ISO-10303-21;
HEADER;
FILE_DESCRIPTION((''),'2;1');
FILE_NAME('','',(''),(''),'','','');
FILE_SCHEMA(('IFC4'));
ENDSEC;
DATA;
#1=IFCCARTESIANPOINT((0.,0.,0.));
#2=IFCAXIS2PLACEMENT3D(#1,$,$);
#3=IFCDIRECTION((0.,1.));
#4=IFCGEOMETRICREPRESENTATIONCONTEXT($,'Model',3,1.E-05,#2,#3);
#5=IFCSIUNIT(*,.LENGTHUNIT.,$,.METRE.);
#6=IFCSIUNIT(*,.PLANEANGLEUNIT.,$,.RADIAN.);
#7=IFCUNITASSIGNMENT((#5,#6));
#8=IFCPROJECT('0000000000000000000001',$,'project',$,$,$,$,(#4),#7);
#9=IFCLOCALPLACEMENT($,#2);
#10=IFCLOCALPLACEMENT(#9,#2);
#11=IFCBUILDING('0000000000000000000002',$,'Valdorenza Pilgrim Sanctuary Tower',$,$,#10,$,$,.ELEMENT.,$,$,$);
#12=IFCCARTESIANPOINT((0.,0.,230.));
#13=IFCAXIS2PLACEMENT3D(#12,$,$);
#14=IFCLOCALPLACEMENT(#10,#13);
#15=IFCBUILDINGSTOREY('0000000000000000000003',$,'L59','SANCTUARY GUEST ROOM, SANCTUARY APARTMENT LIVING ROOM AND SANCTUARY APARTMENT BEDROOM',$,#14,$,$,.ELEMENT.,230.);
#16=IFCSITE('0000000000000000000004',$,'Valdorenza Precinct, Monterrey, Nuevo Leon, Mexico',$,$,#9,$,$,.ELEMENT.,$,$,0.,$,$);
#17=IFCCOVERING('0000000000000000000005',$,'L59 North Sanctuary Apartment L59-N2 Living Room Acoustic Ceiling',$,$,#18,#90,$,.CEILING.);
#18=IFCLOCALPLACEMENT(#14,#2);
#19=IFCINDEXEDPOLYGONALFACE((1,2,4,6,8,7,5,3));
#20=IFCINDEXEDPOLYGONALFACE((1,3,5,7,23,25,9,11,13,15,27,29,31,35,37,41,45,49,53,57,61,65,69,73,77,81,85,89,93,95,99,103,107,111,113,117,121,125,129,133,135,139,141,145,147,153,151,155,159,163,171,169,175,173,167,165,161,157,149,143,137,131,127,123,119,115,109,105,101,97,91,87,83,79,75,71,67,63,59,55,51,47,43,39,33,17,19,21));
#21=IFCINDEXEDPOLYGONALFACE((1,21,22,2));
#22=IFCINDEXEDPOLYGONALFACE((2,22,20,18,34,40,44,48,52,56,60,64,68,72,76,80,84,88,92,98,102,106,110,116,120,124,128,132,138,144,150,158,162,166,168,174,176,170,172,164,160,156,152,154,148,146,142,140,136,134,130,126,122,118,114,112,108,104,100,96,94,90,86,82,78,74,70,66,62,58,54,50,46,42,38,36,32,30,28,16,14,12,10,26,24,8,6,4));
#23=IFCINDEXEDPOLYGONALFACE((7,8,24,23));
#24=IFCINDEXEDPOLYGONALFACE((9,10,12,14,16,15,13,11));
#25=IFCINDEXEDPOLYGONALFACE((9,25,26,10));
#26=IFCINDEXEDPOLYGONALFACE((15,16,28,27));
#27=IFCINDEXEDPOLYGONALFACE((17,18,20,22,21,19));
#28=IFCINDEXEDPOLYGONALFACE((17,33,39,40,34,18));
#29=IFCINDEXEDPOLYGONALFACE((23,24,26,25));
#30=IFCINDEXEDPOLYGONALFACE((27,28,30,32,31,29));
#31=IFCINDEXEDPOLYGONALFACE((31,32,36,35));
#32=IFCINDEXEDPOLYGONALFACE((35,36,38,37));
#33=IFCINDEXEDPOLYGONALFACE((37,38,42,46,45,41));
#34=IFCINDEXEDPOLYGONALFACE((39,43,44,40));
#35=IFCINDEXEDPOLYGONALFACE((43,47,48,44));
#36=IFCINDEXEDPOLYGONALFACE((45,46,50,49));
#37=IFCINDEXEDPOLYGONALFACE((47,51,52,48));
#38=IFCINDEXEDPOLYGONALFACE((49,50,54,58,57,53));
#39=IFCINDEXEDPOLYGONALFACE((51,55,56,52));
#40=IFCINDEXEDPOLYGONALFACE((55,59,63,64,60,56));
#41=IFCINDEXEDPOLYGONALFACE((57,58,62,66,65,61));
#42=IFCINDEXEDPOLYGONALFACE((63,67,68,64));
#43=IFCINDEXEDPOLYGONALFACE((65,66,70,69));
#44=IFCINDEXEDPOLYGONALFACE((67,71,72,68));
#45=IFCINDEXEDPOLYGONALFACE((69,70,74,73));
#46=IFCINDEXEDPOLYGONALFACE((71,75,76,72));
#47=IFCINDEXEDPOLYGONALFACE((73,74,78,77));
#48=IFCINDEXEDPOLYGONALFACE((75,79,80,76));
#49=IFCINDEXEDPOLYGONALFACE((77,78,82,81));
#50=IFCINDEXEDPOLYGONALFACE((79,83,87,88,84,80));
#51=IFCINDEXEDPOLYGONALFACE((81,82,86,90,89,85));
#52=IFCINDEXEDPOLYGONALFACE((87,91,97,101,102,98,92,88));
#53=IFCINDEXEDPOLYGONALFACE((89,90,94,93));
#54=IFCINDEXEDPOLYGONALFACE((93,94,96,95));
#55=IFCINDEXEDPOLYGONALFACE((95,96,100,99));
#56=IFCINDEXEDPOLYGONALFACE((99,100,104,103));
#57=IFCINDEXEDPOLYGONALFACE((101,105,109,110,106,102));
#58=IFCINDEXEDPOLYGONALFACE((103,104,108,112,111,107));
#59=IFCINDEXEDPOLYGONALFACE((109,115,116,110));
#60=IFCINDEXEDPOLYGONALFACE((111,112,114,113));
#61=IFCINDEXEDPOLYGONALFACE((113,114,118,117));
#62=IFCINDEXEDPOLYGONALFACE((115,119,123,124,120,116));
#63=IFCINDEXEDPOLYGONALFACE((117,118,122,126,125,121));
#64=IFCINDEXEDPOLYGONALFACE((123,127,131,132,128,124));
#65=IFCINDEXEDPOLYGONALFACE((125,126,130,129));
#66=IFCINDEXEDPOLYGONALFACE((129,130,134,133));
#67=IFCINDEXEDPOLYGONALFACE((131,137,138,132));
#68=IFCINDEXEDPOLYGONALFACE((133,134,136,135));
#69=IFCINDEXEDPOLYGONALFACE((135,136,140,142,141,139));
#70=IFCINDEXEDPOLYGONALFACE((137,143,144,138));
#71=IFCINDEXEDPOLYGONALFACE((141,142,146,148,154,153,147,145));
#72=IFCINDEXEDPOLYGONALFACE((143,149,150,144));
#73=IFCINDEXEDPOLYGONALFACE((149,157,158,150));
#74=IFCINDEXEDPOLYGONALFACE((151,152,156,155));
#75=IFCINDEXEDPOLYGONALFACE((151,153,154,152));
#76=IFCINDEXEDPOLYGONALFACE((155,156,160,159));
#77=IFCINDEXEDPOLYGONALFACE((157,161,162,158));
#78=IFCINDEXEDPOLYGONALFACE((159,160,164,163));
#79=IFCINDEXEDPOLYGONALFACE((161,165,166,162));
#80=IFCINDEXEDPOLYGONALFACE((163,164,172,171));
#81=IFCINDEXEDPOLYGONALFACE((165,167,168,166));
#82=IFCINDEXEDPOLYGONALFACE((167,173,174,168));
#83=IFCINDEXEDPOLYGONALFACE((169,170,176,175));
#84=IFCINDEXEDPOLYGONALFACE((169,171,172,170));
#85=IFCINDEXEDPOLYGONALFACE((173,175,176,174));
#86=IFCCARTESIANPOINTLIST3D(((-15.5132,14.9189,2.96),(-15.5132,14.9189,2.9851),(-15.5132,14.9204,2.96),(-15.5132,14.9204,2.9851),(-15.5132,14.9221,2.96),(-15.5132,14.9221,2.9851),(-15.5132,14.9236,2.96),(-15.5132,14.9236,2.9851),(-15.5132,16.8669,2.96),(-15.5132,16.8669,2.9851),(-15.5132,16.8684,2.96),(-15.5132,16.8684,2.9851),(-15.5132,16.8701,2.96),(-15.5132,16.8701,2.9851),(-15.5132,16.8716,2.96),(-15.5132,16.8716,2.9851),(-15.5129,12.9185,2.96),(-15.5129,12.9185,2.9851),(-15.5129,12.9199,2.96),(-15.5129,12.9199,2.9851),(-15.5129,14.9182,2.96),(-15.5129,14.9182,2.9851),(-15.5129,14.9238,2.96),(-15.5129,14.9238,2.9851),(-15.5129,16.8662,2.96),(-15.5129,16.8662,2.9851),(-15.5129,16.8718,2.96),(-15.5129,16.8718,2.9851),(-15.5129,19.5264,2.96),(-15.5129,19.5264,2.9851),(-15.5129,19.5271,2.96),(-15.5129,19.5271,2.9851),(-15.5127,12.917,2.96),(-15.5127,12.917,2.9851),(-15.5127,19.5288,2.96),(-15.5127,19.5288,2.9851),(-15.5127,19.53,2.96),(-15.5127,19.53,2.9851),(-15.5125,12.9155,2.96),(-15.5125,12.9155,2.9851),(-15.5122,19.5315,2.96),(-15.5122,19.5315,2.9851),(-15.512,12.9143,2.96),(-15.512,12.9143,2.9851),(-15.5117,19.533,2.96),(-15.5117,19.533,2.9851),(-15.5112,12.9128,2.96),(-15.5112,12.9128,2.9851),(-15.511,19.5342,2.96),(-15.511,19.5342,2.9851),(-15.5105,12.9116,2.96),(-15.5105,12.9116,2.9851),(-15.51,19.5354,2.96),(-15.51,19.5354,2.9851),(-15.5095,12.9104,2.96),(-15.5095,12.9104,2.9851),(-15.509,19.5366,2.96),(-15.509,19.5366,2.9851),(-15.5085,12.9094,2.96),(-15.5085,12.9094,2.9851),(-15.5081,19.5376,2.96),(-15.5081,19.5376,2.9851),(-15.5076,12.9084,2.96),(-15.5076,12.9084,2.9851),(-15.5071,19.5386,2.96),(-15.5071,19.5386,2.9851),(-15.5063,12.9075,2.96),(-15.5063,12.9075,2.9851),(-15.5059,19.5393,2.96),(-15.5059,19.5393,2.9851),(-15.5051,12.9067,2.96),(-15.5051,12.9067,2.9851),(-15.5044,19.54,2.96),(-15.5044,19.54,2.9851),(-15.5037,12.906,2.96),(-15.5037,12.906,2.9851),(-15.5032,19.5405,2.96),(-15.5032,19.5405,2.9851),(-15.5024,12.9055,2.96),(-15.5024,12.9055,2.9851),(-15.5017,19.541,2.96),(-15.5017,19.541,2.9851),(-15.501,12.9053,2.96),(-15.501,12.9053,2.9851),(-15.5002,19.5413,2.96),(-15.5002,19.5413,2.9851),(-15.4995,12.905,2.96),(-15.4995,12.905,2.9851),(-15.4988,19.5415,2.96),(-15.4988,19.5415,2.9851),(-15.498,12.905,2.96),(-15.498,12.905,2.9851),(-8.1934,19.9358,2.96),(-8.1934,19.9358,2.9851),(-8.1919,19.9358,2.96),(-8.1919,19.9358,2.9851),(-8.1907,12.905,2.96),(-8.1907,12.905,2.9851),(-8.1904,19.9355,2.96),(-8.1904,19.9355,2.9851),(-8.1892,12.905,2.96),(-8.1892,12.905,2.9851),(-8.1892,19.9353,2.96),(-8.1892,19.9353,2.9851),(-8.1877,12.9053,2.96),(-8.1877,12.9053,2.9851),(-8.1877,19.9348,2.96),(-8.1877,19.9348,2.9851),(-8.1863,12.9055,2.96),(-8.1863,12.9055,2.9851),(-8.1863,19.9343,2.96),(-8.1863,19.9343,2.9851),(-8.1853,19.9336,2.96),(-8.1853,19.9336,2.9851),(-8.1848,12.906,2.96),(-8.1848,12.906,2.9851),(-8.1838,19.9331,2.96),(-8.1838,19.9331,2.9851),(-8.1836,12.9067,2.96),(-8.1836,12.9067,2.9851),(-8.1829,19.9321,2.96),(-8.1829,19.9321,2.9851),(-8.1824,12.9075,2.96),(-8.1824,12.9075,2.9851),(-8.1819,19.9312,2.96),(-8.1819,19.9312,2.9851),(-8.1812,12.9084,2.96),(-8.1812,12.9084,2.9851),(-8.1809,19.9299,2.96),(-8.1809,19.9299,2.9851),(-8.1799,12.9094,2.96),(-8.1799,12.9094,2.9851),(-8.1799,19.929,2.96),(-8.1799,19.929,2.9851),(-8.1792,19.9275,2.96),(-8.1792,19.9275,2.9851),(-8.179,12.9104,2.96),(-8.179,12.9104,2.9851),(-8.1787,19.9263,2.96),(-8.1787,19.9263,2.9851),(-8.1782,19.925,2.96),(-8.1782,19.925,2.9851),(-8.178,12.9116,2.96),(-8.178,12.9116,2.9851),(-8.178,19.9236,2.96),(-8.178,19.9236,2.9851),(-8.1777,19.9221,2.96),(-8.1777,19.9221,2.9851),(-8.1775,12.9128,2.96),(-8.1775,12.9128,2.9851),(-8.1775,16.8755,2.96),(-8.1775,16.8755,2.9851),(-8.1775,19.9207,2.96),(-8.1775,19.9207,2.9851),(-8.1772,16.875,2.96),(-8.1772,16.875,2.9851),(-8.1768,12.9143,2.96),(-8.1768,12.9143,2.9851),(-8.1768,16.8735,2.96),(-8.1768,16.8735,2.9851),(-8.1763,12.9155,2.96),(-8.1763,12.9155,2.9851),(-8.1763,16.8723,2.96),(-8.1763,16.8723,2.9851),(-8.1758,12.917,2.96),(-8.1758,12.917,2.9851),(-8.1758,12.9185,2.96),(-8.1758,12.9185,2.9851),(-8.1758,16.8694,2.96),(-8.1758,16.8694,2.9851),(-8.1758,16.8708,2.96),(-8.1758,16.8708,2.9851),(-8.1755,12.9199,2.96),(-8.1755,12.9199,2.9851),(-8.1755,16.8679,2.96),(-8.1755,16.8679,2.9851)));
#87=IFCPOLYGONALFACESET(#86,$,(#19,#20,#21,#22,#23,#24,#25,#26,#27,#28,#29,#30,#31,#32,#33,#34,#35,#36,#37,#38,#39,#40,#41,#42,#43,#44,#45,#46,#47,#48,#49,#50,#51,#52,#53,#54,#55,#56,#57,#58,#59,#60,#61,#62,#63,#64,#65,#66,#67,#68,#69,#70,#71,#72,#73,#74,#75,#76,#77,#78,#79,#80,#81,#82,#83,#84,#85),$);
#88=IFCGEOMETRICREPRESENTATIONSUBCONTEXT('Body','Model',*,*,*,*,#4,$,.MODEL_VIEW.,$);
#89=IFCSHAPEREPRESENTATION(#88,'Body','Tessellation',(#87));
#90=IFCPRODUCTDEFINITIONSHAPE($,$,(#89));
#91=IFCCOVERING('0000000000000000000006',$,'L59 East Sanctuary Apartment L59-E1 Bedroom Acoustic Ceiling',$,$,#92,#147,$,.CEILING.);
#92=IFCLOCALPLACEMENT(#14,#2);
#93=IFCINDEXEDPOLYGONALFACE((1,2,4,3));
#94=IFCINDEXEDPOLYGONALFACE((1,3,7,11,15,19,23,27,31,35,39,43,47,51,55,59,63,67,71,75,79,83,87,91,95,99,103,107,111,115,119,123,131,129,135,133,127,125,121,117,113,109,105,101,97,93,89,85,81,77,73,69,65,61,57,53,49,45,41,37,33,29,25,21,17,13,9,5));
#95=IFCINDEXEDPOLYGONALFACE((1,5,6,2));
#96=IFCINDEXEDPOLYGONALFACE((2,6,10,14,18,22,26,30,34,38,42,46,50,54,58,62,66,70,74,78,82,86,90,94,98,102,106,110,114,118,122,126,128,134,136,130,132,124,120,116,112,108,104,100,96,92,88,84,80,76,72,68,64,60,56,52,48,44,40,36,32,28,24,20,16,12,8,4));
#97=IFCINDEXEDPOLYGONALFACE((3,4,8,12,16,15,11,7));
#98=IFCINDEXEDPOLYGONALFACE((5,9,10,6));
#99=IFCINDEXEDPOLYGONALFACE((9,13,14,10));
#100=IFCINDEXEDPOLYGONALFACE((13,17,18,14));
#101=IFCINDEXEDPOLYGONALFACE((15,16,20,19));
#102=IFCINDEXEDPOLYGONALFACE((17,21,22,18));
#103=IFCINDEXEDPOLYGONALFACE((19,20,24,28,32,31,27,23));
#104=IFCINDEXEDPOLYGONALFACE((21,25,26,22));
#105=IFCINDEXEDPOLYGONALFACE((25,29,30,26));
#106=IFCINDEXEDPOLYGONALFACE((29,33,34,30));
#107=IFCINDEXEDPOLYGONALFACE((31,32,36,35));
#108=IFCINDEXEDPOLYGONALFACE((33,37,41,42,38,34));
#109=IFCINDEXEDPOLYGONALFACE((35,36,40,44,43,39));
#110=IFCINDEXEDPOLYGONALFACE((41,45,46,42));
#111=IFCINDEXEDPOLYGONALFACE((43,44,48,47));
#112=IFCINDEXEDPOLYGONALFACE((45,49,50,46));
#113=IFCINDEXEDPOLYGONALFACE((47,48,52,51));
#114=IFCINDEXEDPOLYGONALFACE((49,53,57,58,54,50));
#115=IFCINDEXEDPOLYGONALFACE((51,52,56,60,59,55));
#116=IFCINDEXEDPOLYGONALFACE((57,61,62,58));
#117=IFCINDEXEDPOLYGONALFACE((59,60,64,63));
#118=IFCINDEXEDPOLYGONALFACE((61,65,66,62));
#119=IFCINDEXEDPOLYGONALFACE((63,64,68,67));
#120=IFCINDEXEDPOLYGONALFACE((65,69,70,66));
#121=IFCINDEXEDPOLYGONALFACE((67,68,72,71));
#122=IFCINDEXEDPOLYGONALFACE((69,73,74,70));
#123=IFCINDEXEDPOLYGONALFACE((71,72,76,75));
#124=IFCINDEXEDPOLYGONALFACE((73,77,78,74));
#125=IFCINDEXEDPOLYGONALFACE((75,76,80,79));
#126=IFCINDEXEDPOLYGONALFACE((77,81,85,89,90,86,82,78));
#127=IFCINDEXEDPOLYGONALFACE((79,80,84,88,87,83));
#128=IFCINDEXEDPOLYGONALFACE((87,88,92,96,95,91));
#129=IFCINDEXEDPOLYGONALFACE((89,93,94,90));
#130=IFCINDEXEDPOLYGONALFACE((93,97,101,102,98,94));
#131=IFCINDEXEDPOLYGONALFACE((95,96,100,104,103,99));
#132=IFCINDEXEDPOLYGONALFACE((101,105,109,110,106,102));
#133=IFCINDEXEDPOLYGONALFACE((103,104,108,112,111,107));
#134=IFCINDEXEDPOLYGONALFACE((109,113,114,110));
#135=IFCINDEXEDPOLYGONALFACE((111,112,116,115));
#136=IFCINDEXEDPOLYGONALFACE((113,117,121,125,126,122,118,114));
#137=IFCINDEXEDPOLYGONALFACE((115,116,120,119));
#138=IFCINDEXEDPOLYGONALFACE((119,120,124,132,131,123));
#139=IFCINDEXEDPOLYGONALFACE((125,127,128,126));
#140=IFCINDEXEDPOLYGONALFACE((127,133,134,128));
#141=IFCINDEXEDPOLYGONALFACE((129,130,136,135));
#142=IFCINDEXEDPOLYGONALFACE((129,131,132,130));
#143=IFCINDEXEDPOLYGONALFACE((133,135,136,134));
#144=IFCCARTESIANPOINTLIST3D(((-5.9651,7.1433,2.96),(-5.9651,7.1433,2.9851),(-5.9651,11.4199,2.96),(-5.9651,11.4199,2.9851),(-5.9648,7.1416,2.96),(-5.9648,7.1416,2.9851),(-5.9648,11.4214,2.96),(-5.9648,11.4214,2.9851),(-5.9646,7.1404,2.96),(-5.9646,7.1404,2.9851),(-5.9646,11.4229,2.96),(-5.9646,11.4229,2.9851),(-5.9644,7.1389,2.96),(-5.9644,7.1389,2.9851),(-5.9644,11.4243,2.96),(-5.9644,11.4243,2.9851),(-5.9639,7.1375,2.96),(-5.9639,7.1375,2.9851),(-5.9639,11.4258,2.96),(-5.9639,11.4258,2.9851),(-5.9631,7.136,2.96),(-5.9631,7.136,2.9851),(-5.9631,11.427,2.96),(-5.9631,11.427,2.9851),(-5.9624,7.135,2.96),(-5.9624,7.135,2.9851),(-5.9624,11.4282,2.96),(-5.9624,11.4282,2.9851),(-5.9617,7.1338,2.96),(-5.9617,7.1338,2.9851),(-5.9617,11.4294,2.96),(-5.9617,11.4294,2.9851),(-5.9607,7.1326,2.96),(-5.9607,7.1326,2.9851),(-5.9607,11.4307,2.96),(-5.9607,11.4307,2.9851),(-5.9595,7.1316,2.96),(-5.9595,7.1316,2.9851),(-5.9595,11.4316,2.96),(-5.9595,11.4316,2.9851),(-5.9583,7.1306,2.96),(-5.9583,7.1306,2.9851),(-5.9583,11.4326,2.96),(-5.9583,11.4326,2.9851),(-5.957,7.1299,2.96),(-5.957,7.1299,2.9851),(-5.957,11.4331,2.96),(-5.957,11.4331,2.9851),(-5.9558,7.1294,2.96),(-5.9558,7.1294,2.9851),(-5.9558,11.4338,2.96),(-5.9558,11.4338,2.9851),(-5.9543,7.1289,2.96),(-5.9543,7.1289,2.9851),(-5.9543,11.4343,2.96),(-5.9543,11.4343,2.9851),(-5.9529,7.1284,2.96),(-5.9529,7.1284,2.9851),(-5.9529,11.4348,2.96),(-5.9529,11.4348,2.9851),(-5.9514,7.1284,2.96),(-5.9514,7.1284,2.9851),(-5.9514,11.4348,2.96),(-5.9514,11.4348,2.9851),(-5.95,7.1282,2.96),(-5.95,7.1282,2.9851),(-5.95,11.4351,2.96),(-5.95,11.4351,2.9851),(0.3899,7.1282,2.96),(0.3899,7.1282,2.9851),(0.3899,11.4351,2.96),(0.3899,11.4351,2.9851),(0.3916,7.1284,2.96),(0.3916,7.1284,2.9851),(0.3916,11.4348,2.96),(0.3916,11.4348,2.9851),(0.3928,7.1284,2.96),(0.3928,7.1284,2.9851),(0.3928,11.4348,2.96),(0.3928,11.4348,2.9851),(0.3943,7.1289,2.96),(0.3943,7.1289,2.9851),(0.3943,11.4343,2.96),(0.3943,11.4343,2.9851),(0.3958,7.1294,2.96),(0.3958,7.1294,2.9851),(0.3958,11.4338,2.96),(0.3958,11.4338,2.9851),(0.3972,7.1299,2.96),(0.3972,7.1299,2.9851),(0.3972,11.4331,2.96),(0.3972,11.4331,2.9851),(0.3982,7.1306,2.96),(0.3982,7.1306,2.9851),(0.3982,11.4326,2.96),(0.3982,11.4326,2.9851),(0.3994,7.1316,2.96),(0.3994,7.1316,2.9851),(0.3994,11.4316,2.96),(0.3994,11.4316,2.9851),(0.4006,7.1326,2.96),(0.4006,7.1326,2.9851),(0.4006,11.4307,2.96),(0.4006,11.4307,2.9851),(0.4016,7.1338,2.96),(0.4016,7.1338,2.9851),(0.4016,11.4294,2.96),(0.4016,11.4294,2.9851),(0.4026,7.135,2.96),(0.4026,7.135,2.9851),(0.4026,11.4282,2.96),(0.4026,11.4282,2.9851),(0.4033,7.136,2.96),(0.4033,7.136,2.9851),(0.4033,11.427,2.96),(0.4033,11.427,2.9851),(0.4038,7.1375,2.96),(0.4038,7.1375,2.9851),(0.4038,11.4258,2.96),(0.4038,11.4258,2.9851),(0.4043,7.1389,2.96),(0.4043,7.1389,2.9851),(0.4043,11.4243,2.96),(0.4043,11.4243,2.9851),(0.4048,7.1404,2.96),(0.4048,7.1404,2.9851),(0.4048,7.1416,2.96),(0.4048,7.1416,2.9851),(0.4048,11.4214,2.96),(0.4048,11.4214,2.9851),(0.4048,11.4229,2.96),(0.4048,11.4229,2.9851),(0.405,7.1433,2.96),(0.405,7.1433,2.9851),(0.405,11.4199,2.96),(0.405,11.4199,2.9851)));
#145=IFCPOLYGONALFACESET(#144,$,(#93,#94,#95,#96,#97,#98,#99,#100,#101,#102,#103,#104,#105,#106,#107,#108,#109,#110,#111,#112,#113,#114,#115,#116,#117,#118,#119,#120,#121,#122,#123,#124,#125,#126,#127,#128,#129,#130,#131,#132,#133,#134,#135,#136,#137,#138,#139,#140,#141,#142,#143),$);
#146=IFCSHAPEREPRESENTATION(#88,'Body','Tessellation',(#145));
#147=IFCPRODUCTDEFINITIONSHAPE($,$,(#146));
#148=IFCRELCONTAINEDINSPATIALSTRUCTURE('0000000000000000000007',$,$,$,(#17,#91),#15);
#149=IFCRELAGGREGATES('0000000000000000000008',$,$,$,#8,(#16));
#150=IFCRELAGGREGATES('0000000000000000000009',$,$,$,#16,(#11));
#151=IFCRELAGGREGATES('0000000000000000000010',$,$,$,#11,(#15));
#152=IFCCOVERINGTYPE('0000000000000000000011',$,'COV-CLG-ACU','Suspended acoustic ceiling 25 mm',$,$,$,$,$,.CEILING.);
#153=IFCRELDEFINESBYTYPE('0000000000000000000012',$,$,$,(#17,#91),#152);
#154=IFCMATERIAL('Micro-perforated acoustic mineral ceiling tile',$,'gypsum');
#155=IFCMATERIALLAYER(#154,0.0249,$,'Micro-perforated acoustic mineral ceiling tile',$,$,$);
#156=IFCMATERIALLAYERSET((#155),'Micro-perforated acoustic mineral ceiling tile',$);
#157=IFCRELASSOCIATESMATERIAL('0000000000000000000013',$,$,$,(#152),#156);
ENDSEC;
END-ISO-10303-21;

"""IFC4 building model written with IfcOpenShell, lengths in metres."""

from ifc_helpers import new_model, si_unit, direction, frame, origin, place, context, subcontext, project, spatial, polyline, outline, extrude, material, layer, layer_set, type_object, element, save


model = new_model("IFC4")

# Units and contexts
model_context = context("Model", 3, precision=1e-05, world=origin(), true_north=direction((0.0, 1.0)))
body_context = subcontext(model_context, "Body", "Model", "MODEL_VIEW")
ifc_project = project(units=[si_unit("LENGTHUNIT", "METRE"), si_unit("PLANEANGLEUNIT", "RADIAN")], contexts=[model_context])

# Site, building, storey
site_placement = place(None, origin())
site = spatial("IfcSite", under=ifc_project, at=site_placement, Name="Valdorenza Precinct, Monterrey, Nuevo Leon, Mexico", CompositionType="ELEMENT", RefElevation=0.0)
building_placement = place(site_placement, origin())
building = spatial("IfcBuilding", under=site, at=building_placement, Name="Valdorenza Pilgrim Sanctuary Tower", CompositionType="ELEMENT")
storey_placement = place(building_placement, frame((0.0, 0.0, 230.0)))
storey = spatial("IfcBuildingStorey", under=building, at=storey_placement, Name="L59", Description="SANCTUARY GUEST ROOM, SANCTUARY APARTMENT LIVING ROOM AND SANCTUARY APARTMENT BEDROOM", CompositionType="ELEMENT", Elevation=230.0)

# Coverings
ifc_material_1 = material(Name="Micro-perforated acoustic mineral ceiling tile", Category="gypsum")
ifc_layer_1 = layer(ifc_material_1, 0.0249, Name="Micro-perforated acoustic mineral ceiling tile")
ifc_layer_set_1 = layer_set([ifc_layer_1], Name="Micro-perforated acoustic mineral ceiling tile")
covering_type_1 = type_object("IfcCoveringType", Name="COV-CLG-ACU", Description="Suspended acoustic ceiling 25 mm", PredefinedType="CEILING", material=ifc_layer_set_1)
covering_1_placement = place(storey_placement, frame((0.0, 0.0, 2.96)))
element("IfcCovering", 1, at=covering_1_placement, inside=storey, type_object=covering_type_1, Name="L59 North Sanctuary Apartment L59-N2 Living Room Acoustic Ceiling", PredefinedType="CEILING", context=body_context, shape_type="SweptSolid", body=[
    extrude(outline(polyline([(-15.5129, 14.9182), (-15.5132, 14.9189), (-15.5132, 14.9204), (-15.5132, 14.9221), (-15.5132, 14.9236), (-15.5129, 14.9238), (-15.5129, 16.8662), (-15.5132, 16.8669), (-15.5132, 16.8684), (-15.5132, 16.8701), (-15.5132, 16.8716), (-15.5129, 16.8718), (-15.5129, 19.5264), (-15.5129, 19.5264), (-15.5129, 19.5271), (-15.5127, 19.5288), (-15.5127, 19.53), (-15.5122, 19.5315), (-15.5117, 19.533), (-15.511, 19.5342), (-15.51, 19.5354), (-15.509, 19.5366), (-15.5081, 19.5376), (-15.5071, 19.5386), (-15.5059, 19.5393), (-15.5044, 19.54), (-15.5032, 19.5405), (-15.5017, 19.541), (-15.5002, 19.5413), (-15.4988, 19.5415), (-8.1934, 19.9358), (-8.1919, 19.9358), (-8.1904, 19.9355), (-8.1892, 19.9353), (-8.1877, 19.9348), (-8.1863, 19.9343), (-8.1853, 19.9336), (-8.1838, 19.9331), (-8.1829, 19.9321), (-8.1819, 19.9312), (-8.1809, 19.9299), (-8.1799, 19.929), (-8.1792, 19.9275), (-8.1787, 19.9263), (-8.1782, 19.925), (-8.178, 19.9236), (-8.1777, 19.9221), (-8.1775, 19.9207), (-8.1775, 16.8755), (-8.1772, 16.875), (-8.1768, 16.8735), (-8.1763, 16.8723), (-8.1758, 16.8708), (-8.1758, 16.8694), (-8.1755, 16.8679), (-8.1755, 12.9199), (-8.1758, 12.9185), (-8.1758, 12.917), (-8.1763, 12.9155), (-8.1768, 12.9143), (-8.1775, 12.9128), (-8.178, 12.9116), (-8.179, 12.9104), (-8.1799, 12.9094), (-8.1812, 12.9084), (-8.1824, 12.9075), (-8.1836, 12.9067), (-8.1848, 12.906), (-8.1863, 12.9055), (-8.1877, 12.9053), (-8.1892, 12.905), (-8.1907, 12.905), (-15.498, 12.905), (-15.4995, 12.905), (-15.501, 12.9053), (-15.5024, 12.9055), (-15.5037, 12.906), (-15.5051, 12.9067), (-15.5063, 12.9075), (-15.5076, 12.9084), (-15.5085, 12.9094), (-15.5095, 12.9104), (-15.5105, 12.9116), (-15.5112, 12.9128), (-15.512, 12.9143), (-15.5125, 12.9155), (-15.5127, 12.917), (-15.5129, 12.9185), (-15.5129, 12.9199), (-15.5129, 14.9182)])), origin(), (0.0, 0.0, 1.0), 0.0251),
])
covering_2_placement = place(storey_placement, frame((0.0, 0.0, 2.96)))
element("IfcCovering", 2, at=covering_2_placement, inside=storey, type_object=covering_type_1, Name="L59 East Sanctuary Apartment L59-E1 Bedroom Acoustic Ceiling", PredefinedType="CEILING", context=body_context, shape_type="SweptSolid", body=[
    extrude(outline(polyline([(-5.9651, 11.4199), (-5.9648, 11.4214), (-5.9646, 11.4229), (-5.9644, 11.4243), (-5.9639, 11.4258), (-5.9631, 11.427), (-5.9624, 11.4282), (-5.9617, 11.4294), (-5.9607, 11.4307), (-5.9595, 11.4316), (-5.9583, 11.4326), (-5.957, 11.4331), (-5.9558, 11.4338), (-5.9543, 11.4343), (-5.9529, 11.4348), (-5.9514, 11.4348), (-5.95, 11.4351), (0.3899, 11.4351), (0.3916, 11.4348), (0.3928, 11.4348), (0.3943, 11.4343), (0.3958, 11.4338), (0.3972, 11.4331), (0.3982, 11.4326), (0.3994, 11.4316), (0.4006, 11.4307), (0.4016, 11.4294), (0.4026, 11.4282), (0.4033, 11.427), (0.4038, 11.4258), (0.4043, 11.4243), (0.4048, 11.4229), (0.4048, 11.4214), (0.405, 11.4199), (0.405, 7.1433), (0.4048, 7.1416), (0.4048, 7.1404), (0.4043, 7.1389), (0.4038, 7.1375), (0.4033, 7.136), (0.4026, 7.135), (0.4016, 7.1338), (0.4006, 7.1326), (0.3994, 7.1316), (0.3982, 7.1306), (0.3972, 7.1299), (0.3958, 7.1294), (0.3943, 7.1289), (0.3928, 7.1284), (0.3916, 7.1284), (0.3899, 7.1282), (-5.95, 7.1282), (-5.9514, 7.1284), (-5.9529, 7.1284), (-5.9543, 7.1289), (-5.9558, 7.1294), (-5.957, 7.1299), (-5.9583, 7.1306), (-5.9595, 7.1316), (-5.9607, 7.1326), (-5.9617, 7.1338), (-5.9624, 7.135), (-5.9631, 7.136), (-5.9639, 7.1375), (-5.9644, 7.1389), (-5.9646, 7.1404), (-5.9648, 7.1416), (-5.9651, 7.1433), (-5.9651, 11.4199)])), origin(), (0.0, 0.0, 1.0), 0.0251),
])

save(model, "model.ifc")
